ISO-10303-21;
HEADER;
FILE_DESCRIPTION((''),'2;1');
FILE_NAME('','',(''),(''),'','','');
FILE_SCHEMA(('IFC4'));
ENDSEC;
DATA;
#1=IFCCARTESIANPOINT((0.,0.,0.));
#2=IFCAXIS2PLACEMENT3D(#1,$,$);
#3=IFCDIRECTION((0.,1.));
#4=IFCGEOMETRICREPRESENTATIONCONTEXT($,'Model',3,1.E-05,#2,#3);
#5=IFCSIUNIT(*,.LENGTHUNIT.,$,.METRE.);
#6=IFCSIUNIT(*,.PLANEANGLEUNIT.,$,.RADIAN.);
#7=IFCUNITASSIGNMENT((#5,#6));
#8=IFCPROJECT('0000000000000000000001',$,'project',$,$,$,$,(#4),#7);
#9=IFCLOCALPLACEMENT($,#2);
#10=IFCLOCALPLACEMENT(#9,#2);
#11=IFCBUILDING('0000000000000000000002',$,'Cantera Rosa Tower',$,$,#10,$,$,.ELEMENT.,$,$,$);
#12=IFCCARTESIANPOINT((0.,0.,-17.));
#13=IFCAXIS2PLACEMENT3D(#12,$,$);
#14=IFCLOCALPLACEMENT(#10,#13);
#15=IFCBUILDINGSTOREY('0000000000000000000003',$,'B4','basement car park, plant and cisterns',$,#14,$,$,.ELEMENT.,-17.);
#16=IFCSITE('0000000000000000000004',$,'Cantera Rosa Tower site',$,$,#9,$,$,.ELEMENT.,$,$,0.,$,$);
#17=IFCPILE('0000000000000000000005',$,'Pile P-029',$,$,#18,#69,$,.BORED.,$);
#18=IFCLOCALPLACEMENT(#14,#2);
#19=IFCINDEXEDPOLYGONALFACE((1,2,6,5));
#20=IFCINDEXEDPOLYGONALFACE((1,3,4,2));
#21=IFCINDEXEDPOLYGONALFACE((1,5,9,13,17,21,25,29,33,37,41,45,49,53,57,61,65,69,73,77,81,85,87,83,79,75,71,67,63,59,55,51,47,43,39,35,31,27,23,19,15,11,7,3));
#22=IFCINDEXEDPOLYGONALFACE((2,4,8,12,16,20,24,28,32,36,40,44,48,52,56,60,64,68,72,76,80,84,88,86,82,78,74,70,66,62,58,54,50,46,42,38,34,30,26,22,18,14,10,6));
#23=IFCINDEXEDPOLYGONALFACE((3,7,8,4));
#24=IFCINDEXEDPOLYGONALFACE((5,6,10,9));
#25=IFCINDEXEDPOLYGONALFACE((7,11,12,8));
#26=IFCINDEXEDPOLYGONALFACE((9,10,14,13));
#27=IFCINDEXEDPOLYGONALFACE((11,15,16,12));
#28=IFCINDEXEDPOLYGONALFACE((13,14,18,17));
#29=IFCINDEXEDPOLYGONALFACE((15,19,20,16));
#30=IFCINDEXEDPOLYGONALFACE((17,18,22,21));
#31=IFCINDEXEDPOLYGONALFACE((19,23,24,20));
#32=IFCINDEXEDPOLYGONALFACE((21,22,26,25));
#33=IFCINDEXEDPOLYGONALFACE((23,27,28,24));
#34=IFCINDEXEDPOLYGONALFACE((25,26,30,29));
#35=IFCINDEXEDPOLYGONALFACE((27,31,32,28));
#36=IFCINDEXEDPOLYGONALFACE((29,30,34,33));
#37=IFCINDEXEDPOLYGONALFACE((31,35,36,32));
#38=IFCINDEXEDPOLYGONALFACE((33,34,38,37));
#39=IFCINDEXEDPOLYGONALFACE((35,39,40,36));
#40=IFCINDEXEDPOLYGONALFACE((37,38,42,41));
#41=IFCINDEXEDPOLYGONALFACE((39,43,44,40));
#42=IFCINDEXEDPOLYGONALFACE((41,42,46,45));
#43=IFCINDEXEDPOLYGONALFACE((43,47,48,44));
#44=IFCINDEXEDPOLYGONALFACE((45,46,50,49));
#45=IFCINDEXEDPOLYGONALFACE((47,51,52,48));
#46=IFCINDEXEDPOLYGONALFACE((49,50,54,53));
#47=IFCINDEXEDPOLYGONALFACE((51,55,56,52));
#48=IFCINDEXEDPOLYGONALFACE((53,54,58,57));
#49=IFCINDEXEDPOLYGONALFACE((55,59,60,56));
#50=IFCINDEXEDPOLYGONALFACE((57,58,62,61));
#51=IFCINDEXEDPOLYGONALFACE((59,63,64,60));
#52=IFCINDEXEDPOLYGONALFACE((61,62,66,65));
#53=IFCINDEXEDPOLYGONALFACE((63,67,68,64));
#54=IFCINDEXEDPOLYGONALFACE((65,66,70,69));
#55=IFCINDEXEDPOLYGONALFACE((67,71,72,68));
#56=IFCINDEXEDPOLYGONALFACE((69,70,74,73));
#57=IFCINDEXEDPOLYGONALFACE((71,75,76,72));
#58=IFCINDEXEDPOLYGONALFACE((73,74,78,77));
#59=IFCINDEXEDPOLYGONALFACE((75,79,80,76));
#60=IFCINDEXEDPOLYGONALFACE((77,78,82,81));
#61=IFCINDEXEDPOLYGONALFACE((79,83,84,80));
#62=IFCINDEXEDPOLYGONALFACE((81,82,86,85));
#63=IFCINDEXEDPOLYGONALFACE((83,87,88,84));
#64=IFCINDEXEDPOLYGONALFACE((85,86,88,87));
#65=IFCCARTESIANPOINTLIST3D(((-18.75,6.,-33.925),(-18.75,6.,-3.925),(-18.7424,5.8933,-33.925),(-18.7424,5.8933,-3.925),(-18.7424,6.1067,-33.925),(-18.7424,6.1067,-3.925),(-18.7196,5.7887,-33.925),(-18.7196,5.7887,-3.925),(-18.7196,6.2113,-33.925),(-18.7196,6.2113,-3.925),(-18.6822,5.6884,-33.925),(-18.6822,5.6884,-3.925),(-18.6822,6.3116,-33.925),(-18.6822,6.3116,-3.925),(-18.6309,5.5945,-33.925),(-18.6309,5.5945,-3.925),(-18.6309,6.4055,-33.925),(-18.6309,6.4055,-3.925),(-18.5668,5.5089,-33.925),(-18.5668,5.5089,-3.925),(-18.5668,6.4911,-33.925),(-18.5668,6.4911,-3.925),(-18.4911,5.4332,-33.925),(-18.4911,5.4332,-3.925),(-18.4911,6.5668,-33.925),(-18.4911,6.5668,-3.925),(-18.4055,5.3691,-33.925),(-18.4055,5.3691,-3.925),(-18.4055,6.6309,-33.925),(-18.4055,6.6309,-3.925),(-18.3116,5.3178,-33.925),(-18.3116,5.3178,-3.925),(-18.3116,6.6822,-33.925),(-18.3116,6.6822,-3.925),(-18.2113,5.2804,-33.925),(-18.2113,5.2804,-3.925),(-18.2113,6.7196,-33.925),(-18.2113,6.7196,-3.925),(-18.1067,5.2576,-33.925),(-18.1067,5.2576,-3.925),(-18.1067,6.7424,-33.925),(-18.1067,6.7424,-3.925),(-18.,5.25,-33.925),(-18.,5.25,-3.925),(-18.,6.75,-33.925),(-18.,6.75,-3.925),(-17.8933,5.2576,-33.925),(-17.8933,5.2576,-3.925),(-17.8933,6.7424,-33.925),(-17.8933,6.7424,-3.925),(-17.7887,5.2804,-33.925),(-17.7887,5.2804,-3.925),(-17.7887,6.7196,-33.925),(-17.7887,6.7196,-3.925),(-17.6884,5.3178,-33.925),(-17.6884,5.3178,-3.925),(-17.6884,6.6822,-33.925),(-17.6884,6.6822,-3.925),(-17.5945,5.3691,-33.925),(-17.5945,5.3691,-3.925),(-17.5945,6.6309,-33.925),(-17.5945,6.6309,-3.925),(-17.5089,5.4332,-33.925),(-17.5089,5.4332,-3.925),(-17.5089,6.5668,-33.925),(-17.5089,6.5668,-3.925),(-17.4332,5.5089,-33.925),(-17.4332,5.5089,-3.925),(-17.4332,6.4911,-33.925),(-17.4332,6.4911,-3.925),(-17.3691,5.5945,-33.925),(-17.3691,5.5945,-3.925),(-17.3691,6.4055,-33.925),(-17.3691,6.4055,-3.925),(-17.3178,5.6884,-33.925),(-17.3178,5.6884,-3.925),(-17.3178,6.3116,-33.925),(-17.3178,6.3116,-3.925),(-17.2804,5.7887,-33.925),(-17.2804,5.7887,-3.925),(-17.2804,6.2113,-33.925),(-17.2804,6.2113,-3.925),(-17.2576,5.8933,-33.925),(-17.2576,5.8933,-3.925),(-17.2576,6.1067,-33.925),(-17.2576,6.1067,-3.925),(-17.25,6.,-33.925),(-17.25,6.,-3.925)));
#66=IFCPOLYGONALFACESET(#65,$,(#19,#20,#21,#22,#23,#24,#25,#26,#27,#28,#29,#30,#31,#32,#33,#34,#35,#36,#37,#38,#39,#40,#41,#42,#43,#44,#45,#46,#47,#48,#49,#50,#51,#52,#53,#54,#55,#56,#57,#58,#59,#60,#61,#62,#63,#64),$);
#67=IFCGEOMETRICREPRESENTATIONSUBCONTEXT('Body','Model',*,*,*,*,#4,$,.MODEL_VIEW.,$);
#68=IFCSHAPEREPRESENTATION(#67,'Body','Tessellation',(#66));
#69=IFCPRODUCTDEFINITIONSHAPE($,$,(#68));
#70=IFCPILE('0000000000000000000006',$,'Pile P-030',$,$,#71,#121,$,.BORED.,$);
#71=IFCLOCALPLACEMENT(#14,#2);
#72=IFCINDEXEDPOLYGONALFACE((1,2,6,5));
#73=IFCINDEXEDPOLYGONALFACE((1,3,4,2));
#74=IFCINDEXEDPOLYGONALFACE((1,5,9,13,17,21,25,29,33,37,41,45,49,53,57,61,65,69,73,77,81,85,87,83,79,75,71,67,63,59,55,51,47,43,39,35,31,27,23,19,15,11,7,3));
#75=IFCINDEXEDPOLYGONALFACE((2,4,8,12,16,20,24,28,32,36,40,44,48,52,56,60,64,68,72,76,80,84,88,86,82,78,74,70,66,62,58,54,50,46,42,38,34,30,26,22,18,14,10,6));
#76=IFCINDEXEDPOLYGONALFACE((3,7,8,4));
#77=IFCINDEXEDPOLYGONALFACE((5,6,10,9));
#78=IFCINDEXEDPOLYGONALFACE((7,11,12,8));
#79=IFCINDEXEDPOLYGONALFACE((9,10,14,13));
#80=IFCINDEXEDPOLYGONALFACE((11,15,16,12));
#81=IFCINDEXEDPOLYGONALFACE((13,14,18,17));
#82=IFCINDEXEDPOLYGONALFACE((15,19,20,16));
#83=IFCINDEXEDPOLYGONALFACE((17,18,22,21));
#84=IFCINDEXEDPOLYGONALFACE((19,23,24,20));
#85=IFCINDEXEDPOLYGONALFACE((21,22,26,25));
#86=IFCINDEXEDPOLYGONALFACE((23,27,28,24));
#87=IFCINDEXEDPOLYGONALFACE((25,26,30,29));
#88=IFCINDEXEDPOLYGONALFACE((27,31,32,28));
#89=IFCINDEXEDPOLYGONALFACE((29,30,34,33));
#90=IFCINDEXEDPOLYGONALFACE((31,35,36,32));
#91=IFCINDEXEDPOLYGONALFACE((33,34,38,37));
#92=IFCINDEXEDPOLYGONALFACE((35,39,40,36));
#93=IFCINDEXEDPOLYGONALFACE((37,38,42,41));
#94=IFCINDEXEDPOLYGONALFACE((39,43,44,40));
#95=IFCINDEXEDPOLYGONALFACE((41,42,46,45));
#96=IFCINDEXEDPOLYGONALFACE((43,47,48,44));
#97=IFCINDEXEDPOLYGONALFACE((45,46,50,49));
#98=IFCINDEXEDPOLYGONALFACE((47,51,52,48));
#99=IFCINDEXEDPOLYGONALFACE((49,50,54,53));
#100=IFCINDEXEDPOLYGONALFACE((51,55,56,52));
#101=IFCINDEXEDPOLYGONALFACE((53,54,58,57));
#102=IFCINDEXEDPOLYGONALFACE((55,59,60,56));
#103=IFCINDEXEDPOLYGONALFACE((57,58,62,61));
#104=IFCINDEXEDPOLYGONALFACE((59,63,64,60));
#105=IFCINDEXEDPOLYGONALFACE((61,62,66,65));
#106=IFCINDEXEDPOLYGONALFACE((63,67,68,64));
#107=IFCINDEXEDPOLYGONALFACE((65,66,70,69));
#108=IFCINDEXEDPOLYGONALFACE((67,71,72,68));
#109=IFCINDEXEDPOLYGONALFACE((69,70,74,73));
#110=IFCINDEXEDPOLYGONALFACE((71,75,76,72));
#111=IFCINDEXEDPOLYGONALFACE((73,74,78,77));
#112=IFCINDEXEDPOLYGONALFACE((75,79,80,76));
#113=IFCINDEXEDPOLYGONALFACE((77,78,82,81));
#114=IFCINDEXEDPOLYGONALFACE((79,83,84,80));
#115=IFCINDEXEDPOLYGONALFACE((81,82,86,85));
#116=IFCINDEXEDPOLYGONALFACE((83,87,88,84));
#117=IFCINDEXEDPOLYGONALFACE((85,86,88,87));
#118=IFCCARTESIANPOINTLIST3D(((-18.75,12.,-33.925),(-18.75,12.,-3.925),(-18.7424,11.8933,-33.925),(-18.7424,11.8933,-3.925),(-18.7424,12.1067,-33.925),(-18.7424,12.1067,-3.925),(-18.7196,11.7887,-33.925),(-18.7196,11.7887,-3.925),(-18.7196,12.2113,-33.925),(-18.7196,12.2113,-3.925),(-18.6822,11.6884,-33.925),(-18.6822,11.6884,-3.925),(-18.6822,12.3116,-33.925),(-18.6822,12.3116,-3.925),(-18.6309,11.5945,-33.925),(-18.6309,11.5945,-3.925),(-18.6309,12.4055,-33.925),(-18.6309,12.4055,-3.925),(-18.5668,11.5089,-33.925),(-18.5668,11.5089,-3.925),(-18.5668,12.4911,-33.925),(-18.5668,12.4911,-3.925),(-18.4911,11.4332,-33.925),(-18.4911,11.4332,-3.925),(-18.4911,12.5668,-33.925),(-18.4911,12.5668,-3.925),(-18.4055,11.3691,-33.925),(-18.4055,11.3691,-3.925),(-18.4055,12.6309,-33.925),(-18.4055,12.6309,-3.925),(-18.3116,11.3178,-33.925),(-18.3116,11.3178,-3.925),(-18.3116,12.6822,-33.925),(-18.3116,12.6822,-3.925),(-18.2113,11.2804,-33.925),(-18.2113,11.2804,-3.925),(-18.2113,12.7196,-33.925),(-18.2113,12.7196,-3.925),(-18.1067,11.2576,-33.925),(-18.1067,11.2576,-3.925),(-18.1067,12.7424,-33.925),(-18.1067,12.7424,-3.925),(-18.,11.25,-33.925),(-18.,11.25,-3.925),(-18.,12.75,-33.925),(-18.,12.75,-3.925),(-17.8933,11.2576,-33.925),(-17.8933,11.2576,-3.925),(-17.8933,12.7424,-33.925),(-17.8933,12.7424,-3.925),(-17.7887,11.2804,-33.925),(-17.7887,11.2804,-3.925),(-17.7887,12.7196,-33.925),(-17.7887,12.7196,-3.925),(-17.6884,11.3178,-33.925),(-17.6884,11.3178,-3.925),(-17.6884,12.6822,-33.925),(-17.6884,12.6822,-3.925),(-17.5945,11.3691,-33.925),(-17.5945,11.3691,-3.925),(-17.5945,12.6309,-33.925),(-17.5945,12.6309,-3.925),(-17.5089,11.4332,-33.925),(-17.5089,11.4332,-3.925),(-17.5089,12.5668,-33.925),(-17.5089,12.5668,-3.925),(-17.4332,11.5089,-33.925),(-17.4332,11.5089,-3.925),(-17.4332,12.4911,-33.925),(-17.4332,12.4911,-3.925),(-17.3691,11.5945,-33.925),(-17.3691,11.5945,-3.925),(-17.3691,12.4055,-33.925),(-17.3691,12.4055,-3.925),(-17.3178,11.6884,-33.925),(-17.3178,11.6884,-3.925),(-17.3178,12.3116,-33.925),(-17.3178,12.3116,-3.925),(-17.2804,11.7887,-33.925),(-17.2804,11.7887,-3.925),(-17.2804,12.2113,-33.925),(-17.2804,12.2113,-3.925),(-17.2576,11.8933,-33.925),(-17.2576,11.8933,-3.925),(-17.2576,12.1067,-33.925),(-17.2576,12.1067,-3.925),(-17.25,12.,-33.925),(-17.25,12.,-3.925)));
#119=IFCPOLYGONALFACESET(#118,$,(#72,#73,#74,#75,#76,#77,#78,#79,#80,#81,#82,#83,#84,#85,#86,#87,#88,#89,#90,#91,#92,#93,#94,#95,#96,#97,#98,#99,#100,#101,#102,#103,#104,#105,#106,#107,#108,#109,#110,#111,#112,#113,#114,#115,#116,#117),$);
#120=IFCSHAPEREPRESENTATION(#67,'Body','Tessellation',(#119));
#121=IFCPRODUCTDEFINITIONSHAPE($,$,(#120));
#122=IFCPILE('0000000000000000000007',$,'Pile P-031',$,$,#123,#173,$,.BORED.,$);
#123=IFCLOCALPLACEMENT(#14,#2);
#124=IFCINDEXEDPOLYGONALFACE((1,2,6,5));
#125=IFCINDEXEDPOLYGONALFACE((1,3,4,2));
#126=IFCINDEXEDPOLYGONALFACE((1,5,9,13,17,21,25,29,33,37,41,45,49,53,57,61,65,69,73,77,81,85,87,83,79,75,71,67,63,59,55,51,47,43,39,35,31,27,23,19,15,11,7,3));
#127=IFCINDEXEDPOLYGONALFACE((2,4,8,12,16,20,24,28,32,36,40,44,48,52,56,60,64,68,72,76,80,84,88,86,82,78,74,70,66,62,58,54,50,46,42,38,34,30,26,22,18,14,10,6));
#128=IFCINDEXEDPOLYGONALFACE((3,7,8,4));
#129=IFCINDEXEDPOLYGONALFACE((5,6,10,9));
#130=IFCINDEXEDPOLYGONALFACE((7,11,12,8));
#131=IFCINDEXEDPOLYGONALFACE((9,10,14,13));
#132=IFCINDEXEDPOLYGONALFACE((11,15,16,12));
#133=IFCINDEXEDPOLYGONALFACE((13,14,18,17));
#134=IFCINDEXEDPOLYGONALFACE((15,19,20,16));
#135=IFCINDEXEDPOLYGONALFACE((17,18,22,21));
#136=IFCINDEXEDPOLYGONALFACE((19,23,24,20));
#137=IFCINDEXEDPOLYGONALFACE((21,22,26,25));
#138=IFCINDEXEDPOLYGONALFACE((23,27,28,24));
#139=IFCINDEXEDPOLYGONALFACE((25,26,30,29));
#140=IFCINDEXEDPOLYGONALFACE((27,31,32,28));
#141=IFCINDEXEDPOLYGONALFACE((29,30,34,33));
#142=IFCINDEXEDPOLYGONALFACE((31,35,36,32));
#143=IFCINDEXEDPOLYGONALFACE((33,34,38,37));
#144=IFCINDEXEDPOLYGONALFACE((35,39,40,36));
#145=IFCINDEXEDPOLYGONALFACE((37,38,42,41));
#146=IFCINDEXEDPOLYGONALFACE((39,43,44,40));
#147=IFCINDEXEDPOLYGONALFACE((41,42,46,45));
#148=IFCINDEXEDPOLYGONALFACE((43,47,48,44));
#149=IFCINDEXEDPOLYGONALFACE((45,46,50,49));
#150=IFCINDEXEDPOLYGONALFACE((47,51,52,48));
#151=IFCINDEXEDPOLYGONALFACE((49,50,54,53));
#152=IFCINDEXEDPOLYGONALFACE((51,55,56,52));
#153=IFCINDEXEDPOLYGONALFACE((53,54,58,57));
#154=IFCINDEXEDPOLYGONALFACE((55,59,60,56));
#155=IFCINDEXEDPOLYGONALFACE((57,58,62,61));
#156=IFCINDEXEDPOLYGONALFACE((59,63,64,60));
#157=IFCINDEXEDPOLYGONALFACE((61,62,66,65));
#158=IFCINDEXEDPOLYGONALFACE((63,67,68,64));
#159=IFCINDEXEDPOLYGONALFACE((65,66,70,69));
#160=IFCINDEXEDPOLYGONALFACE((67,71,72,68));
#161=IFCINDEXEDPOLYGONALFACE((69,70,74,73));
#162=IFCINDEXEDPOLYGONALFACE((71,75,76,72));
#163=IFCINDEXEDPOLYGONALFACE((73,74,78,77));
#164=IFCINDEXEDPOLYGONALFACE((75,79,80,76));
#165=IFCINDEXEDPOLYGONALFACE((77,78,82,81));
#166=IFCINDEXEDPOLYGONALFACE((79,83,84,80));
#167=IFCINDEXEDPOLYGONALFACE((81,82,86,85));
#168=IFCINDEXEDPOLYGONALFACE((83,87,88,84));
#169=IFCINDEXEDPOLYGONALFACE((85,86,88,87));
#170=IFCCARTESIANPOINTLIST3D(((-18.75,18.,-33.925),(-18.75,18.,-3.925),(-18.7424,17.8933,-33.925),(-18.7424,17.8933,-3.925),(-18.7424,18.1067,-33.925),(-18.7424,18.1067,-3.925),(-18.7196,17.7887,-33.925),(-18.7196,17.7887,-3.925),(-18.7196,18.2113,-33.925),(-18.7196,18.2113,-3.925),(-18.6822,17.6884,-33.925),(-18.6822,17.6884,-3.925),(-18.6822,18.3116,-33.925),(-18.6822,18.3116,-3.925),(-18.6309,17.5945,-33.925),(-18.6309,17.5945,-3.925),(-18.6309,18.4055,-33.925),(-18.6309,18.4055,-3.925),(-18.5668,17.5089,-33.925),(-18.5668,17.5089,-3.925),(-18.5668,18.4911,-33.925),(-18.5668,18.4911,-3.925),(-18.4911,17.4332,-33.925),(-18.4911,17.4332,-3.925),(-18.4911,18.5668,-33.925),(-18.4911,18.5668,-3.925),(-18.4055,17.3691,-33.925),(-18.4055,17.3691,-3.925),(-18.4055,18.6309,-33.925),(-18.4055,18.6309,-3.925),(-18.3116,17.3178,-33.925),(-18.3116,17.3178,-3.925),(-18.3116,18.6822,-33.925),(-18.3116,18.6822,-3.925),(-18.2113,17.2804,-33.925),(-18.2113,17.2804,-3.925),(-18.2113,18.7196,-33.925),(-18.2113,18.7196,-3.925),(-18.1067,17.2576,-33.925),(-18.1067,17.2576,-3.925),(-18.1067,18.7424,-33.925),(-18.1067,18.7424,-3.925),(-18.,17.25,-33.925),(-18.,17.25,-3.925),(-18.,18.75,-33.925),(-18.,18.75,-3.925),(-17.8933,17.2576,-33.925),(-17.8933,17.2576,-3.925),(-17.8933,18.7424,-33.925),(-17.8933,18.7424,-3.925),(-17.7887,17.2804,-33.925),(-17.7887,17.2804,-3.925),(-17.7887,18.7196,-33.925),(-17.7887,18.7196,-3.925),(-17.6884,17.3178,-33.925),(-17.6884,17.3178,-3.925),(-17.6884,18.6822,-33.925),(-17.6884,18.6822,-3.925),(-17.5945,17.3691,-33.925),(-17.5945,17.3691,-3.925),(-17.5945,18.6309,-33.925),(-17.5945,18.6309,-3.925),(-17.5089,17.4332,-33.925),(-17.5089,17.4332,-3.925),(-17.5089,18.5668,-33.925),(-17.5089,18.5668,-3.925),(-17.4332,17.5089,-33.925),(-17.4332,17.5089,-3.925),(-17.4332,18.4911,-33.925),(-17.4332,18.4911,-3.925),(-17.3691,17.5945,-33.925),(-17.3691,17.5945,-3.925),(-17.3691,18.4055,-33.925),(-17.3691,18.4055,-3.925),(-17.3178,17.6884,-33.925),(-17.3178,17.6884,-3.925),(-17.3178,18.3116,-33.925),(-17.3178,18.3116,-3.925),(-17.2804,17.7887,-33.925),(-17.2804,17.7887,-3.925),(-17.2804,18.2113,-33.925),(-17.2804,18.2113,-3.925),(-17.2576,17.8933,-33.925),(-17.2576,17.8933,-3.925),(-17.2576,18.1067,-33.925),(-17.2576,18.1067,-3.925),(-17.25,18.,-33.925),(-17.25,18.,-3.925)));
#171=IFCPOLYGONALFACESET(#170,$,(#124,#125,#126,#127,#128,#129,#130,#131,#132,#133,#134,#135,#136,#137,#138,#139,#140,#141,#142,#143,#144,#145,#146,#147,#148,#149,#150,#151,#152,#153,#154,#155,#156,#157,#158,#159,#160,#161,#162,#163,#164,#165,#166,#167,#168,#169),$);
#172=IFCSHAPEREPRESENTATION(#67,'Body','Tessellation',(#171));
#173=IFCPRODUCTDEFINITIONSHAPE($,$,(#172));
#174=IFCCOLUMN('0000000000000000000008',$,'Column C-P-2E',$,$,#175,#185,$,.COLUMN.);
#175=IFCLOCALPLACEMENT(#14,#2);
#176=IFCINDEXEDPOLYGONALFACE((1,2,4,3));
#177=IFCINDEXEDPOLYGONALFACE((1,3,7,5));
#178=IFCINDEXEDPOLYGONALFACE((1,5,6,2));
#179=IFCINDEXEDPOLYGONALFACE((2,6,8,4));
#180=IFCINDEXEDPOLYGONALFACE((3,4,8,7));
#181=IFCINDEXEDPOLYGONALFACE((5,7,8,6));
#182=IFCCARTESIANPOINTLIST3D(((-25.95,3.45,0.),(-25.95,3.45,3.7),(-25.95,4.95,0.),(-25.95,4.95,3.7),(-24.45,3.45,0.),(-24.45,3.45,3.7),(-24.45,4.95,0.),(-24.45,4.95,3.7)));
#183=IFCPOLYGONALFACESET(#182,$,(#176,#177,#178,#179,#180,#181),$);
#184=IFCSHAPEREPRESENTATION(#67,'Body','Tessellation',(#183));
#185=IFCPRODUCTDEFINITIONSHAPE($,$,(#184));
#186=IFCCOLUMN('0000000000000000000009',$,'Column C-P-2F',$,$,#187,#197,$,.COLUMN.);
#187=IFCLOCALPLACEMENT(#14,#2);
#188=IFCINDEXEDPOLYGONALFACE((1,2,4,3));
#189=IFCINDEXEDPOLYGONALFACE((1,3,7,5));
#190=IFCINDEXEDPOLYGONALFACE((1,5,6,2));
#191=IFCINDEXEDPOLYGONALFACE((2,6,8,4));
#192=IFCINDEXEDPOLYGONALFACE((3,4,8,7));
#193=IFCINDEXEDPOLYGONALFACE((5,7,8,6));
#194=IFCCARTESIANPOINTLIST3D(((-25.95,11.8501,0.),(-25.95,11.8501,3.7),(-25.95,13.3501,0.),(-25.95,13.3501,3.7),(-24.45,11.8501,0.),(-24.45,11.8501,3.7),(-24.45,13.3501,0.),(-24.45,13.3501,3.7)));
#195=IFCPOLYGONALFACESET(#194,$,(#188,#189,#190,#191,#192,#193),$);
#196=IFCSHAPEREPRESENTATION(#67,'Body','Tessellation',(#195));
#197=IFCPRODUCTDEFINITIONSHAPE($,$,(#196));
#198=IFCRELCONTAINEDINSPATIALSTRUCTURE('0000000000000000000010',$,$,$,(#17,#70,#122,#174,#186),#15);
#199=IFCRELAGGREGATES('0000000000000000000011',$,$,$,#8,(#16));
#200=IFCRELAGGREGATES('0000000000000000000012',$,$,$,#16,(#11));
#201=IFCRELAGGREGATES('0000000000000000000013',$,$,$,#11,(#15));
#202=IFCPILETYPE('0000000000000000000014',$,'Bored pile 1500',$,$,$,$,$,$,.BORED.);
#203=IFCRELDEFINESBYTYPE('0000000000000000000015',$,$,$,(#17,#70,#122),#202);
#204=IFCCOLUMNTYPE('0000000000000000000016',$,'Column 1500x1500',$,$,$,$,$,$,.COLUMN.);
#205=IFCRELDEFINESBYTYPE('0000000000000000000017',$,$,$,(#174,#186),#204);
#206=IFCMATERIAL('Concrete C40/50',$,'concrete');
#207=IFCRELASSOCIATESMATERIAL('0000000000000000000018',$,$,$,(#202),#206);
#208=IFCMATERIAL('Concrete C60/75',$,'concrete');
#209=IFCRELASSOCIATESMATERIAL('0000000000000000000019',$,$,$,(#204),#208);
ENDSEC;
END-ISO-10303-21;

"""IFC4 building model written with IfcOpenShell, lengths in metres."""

from ifc_helpers import new_model, si_unit, direction, frame, origin, origin_2d, place, context, subcontext, project, spatial, rectangle, circle, extrude, material, material_profile, profile_set, type_object, element, save


model = new_model("IFC4")

# Units and contexts
model_context = context("Model", 3, precision=1e-05, world=origin(), true_north=direction((0.0, 1.0)))
body_context = subcontext(model_context, "Body", "Model", "MODEL_VIEW")
ifc_project = project(units=[si_unit("LENGTHUNIT", "METRE"), si_unit("PLANEANGLEUNIT", "RADIAN")], contexts=[model_context])

# Site, building, storey
site_placement = place(None, origin())
site = spatial("IfcSite", under=ifc_project, at=site_placement, Name="Cantera Rosa Tower site", CompositionType="ELEMENT", RefElevation=0.0)
building_placement = place(site_placement, origin())
building = spatial("IfcBuilding", under=site, at=building_placement, Name="Cantera Rosa Tower", CompositionType="ELEMENT")
storey_placement = place(building_placement, frame((0.0, 0.0, -17.0)))
storey = spatial("IfcBuildingStorey", under=building, at=storey_placement, Name="B4", Description="basement car park, plant and cisterns", CompositionType="ELEMENT", Elevation=-17.0)

# Piles
ifc_material_1 = material(Name="Concrete C40/50", Category="concrete")
ifc_material_profile_1 = material_profile(ifc_material_1, circle(Radius=0.75, at=origin_2d()), Name="Bored pile 1500")
ifc_profile_set_1 = profile_set([ifc_material_profile_1], Name="Concrete C40/50")
pile_type = type_object("IfcPileType", Name="Bored pile 1500", PredefinedType="BORED", material=ifc_profile_set_1)
for number, where, z_axis, x_axis, name in (
    (1, (-18.0, 6.0, -3.925), (0.0, 0.0, -1.0), (1.0, 0.0, 0.0), "Pile P-029"),
    (2, (-18.0, 12.0, -3.925), (0.0, 0.0, -1.0), (1.0, 0.0, 0.0), "Pile P-030"),
    (3, (-18.0, 18.0, -3.925), (0.0, 0.0, -1.0), (1.0, 0.0, 0.0), "Pile P-031"),
):
    element("IfcPile", number, at=place(storey_placement, frame(where, z_axis=z_axis, x_axis=x_axis)), inside=storey, type_object=pile_type, Name=name, PredefinedType="BORED", context=body_context, shape_type="SweptSolid", body=[
        extrude(circle(Radius=0.75, at=origin_2d()), origin(), (0.0, 0.0, 1.0), 30.0),
    ])

# Columns
ifc_material_2 = material(Name="Concrete C60/75", Category="concrete")
ifc_material_profile_2 = material_profile(ifc_material_2, rectangle(XDim=1.5, YDim=1.5, at=origin_2d()), Name="Column 1500x1500")
ifc_profile_set_2 = profile_set([ifc_material_profile_2], Name="Concrete C60/75")
column_type_1 = type_object("IfcColumnType", Name="Column 1500x1500", PredefinedType="COLUMN", material=ifc_profile_set_2)
for number, where, z_axis, x_axis, name in (
    (4, (-25.2, 4.2, 0.0), (0.0, 0.0, 1.0), (1.0, 0.0, 0.0), "Column C-P-2E"),
    (5, (-25.2, 12.6001, 0.0), (0.0, 0.0, 1.0), (1.0, 0.0, 0.0), "Column C-P-2F"),
):
    element("IfcColumn", number, at=place(storey_placement, frame(where, z_axis=z_axis, x_axis=x_axis)), inside=storey, type_object=column_type_1, Name=name, PredefinedType="COLUMN", context=body_context, shape_type="SweptSolid", body=[
        extrude(rectangle(XDim=1.5, YDim=1.5, at=origin_2d()), origin(), (0.0, 0.0, 1.0), 3.7),
    ])

save(model, "model.ifc")
